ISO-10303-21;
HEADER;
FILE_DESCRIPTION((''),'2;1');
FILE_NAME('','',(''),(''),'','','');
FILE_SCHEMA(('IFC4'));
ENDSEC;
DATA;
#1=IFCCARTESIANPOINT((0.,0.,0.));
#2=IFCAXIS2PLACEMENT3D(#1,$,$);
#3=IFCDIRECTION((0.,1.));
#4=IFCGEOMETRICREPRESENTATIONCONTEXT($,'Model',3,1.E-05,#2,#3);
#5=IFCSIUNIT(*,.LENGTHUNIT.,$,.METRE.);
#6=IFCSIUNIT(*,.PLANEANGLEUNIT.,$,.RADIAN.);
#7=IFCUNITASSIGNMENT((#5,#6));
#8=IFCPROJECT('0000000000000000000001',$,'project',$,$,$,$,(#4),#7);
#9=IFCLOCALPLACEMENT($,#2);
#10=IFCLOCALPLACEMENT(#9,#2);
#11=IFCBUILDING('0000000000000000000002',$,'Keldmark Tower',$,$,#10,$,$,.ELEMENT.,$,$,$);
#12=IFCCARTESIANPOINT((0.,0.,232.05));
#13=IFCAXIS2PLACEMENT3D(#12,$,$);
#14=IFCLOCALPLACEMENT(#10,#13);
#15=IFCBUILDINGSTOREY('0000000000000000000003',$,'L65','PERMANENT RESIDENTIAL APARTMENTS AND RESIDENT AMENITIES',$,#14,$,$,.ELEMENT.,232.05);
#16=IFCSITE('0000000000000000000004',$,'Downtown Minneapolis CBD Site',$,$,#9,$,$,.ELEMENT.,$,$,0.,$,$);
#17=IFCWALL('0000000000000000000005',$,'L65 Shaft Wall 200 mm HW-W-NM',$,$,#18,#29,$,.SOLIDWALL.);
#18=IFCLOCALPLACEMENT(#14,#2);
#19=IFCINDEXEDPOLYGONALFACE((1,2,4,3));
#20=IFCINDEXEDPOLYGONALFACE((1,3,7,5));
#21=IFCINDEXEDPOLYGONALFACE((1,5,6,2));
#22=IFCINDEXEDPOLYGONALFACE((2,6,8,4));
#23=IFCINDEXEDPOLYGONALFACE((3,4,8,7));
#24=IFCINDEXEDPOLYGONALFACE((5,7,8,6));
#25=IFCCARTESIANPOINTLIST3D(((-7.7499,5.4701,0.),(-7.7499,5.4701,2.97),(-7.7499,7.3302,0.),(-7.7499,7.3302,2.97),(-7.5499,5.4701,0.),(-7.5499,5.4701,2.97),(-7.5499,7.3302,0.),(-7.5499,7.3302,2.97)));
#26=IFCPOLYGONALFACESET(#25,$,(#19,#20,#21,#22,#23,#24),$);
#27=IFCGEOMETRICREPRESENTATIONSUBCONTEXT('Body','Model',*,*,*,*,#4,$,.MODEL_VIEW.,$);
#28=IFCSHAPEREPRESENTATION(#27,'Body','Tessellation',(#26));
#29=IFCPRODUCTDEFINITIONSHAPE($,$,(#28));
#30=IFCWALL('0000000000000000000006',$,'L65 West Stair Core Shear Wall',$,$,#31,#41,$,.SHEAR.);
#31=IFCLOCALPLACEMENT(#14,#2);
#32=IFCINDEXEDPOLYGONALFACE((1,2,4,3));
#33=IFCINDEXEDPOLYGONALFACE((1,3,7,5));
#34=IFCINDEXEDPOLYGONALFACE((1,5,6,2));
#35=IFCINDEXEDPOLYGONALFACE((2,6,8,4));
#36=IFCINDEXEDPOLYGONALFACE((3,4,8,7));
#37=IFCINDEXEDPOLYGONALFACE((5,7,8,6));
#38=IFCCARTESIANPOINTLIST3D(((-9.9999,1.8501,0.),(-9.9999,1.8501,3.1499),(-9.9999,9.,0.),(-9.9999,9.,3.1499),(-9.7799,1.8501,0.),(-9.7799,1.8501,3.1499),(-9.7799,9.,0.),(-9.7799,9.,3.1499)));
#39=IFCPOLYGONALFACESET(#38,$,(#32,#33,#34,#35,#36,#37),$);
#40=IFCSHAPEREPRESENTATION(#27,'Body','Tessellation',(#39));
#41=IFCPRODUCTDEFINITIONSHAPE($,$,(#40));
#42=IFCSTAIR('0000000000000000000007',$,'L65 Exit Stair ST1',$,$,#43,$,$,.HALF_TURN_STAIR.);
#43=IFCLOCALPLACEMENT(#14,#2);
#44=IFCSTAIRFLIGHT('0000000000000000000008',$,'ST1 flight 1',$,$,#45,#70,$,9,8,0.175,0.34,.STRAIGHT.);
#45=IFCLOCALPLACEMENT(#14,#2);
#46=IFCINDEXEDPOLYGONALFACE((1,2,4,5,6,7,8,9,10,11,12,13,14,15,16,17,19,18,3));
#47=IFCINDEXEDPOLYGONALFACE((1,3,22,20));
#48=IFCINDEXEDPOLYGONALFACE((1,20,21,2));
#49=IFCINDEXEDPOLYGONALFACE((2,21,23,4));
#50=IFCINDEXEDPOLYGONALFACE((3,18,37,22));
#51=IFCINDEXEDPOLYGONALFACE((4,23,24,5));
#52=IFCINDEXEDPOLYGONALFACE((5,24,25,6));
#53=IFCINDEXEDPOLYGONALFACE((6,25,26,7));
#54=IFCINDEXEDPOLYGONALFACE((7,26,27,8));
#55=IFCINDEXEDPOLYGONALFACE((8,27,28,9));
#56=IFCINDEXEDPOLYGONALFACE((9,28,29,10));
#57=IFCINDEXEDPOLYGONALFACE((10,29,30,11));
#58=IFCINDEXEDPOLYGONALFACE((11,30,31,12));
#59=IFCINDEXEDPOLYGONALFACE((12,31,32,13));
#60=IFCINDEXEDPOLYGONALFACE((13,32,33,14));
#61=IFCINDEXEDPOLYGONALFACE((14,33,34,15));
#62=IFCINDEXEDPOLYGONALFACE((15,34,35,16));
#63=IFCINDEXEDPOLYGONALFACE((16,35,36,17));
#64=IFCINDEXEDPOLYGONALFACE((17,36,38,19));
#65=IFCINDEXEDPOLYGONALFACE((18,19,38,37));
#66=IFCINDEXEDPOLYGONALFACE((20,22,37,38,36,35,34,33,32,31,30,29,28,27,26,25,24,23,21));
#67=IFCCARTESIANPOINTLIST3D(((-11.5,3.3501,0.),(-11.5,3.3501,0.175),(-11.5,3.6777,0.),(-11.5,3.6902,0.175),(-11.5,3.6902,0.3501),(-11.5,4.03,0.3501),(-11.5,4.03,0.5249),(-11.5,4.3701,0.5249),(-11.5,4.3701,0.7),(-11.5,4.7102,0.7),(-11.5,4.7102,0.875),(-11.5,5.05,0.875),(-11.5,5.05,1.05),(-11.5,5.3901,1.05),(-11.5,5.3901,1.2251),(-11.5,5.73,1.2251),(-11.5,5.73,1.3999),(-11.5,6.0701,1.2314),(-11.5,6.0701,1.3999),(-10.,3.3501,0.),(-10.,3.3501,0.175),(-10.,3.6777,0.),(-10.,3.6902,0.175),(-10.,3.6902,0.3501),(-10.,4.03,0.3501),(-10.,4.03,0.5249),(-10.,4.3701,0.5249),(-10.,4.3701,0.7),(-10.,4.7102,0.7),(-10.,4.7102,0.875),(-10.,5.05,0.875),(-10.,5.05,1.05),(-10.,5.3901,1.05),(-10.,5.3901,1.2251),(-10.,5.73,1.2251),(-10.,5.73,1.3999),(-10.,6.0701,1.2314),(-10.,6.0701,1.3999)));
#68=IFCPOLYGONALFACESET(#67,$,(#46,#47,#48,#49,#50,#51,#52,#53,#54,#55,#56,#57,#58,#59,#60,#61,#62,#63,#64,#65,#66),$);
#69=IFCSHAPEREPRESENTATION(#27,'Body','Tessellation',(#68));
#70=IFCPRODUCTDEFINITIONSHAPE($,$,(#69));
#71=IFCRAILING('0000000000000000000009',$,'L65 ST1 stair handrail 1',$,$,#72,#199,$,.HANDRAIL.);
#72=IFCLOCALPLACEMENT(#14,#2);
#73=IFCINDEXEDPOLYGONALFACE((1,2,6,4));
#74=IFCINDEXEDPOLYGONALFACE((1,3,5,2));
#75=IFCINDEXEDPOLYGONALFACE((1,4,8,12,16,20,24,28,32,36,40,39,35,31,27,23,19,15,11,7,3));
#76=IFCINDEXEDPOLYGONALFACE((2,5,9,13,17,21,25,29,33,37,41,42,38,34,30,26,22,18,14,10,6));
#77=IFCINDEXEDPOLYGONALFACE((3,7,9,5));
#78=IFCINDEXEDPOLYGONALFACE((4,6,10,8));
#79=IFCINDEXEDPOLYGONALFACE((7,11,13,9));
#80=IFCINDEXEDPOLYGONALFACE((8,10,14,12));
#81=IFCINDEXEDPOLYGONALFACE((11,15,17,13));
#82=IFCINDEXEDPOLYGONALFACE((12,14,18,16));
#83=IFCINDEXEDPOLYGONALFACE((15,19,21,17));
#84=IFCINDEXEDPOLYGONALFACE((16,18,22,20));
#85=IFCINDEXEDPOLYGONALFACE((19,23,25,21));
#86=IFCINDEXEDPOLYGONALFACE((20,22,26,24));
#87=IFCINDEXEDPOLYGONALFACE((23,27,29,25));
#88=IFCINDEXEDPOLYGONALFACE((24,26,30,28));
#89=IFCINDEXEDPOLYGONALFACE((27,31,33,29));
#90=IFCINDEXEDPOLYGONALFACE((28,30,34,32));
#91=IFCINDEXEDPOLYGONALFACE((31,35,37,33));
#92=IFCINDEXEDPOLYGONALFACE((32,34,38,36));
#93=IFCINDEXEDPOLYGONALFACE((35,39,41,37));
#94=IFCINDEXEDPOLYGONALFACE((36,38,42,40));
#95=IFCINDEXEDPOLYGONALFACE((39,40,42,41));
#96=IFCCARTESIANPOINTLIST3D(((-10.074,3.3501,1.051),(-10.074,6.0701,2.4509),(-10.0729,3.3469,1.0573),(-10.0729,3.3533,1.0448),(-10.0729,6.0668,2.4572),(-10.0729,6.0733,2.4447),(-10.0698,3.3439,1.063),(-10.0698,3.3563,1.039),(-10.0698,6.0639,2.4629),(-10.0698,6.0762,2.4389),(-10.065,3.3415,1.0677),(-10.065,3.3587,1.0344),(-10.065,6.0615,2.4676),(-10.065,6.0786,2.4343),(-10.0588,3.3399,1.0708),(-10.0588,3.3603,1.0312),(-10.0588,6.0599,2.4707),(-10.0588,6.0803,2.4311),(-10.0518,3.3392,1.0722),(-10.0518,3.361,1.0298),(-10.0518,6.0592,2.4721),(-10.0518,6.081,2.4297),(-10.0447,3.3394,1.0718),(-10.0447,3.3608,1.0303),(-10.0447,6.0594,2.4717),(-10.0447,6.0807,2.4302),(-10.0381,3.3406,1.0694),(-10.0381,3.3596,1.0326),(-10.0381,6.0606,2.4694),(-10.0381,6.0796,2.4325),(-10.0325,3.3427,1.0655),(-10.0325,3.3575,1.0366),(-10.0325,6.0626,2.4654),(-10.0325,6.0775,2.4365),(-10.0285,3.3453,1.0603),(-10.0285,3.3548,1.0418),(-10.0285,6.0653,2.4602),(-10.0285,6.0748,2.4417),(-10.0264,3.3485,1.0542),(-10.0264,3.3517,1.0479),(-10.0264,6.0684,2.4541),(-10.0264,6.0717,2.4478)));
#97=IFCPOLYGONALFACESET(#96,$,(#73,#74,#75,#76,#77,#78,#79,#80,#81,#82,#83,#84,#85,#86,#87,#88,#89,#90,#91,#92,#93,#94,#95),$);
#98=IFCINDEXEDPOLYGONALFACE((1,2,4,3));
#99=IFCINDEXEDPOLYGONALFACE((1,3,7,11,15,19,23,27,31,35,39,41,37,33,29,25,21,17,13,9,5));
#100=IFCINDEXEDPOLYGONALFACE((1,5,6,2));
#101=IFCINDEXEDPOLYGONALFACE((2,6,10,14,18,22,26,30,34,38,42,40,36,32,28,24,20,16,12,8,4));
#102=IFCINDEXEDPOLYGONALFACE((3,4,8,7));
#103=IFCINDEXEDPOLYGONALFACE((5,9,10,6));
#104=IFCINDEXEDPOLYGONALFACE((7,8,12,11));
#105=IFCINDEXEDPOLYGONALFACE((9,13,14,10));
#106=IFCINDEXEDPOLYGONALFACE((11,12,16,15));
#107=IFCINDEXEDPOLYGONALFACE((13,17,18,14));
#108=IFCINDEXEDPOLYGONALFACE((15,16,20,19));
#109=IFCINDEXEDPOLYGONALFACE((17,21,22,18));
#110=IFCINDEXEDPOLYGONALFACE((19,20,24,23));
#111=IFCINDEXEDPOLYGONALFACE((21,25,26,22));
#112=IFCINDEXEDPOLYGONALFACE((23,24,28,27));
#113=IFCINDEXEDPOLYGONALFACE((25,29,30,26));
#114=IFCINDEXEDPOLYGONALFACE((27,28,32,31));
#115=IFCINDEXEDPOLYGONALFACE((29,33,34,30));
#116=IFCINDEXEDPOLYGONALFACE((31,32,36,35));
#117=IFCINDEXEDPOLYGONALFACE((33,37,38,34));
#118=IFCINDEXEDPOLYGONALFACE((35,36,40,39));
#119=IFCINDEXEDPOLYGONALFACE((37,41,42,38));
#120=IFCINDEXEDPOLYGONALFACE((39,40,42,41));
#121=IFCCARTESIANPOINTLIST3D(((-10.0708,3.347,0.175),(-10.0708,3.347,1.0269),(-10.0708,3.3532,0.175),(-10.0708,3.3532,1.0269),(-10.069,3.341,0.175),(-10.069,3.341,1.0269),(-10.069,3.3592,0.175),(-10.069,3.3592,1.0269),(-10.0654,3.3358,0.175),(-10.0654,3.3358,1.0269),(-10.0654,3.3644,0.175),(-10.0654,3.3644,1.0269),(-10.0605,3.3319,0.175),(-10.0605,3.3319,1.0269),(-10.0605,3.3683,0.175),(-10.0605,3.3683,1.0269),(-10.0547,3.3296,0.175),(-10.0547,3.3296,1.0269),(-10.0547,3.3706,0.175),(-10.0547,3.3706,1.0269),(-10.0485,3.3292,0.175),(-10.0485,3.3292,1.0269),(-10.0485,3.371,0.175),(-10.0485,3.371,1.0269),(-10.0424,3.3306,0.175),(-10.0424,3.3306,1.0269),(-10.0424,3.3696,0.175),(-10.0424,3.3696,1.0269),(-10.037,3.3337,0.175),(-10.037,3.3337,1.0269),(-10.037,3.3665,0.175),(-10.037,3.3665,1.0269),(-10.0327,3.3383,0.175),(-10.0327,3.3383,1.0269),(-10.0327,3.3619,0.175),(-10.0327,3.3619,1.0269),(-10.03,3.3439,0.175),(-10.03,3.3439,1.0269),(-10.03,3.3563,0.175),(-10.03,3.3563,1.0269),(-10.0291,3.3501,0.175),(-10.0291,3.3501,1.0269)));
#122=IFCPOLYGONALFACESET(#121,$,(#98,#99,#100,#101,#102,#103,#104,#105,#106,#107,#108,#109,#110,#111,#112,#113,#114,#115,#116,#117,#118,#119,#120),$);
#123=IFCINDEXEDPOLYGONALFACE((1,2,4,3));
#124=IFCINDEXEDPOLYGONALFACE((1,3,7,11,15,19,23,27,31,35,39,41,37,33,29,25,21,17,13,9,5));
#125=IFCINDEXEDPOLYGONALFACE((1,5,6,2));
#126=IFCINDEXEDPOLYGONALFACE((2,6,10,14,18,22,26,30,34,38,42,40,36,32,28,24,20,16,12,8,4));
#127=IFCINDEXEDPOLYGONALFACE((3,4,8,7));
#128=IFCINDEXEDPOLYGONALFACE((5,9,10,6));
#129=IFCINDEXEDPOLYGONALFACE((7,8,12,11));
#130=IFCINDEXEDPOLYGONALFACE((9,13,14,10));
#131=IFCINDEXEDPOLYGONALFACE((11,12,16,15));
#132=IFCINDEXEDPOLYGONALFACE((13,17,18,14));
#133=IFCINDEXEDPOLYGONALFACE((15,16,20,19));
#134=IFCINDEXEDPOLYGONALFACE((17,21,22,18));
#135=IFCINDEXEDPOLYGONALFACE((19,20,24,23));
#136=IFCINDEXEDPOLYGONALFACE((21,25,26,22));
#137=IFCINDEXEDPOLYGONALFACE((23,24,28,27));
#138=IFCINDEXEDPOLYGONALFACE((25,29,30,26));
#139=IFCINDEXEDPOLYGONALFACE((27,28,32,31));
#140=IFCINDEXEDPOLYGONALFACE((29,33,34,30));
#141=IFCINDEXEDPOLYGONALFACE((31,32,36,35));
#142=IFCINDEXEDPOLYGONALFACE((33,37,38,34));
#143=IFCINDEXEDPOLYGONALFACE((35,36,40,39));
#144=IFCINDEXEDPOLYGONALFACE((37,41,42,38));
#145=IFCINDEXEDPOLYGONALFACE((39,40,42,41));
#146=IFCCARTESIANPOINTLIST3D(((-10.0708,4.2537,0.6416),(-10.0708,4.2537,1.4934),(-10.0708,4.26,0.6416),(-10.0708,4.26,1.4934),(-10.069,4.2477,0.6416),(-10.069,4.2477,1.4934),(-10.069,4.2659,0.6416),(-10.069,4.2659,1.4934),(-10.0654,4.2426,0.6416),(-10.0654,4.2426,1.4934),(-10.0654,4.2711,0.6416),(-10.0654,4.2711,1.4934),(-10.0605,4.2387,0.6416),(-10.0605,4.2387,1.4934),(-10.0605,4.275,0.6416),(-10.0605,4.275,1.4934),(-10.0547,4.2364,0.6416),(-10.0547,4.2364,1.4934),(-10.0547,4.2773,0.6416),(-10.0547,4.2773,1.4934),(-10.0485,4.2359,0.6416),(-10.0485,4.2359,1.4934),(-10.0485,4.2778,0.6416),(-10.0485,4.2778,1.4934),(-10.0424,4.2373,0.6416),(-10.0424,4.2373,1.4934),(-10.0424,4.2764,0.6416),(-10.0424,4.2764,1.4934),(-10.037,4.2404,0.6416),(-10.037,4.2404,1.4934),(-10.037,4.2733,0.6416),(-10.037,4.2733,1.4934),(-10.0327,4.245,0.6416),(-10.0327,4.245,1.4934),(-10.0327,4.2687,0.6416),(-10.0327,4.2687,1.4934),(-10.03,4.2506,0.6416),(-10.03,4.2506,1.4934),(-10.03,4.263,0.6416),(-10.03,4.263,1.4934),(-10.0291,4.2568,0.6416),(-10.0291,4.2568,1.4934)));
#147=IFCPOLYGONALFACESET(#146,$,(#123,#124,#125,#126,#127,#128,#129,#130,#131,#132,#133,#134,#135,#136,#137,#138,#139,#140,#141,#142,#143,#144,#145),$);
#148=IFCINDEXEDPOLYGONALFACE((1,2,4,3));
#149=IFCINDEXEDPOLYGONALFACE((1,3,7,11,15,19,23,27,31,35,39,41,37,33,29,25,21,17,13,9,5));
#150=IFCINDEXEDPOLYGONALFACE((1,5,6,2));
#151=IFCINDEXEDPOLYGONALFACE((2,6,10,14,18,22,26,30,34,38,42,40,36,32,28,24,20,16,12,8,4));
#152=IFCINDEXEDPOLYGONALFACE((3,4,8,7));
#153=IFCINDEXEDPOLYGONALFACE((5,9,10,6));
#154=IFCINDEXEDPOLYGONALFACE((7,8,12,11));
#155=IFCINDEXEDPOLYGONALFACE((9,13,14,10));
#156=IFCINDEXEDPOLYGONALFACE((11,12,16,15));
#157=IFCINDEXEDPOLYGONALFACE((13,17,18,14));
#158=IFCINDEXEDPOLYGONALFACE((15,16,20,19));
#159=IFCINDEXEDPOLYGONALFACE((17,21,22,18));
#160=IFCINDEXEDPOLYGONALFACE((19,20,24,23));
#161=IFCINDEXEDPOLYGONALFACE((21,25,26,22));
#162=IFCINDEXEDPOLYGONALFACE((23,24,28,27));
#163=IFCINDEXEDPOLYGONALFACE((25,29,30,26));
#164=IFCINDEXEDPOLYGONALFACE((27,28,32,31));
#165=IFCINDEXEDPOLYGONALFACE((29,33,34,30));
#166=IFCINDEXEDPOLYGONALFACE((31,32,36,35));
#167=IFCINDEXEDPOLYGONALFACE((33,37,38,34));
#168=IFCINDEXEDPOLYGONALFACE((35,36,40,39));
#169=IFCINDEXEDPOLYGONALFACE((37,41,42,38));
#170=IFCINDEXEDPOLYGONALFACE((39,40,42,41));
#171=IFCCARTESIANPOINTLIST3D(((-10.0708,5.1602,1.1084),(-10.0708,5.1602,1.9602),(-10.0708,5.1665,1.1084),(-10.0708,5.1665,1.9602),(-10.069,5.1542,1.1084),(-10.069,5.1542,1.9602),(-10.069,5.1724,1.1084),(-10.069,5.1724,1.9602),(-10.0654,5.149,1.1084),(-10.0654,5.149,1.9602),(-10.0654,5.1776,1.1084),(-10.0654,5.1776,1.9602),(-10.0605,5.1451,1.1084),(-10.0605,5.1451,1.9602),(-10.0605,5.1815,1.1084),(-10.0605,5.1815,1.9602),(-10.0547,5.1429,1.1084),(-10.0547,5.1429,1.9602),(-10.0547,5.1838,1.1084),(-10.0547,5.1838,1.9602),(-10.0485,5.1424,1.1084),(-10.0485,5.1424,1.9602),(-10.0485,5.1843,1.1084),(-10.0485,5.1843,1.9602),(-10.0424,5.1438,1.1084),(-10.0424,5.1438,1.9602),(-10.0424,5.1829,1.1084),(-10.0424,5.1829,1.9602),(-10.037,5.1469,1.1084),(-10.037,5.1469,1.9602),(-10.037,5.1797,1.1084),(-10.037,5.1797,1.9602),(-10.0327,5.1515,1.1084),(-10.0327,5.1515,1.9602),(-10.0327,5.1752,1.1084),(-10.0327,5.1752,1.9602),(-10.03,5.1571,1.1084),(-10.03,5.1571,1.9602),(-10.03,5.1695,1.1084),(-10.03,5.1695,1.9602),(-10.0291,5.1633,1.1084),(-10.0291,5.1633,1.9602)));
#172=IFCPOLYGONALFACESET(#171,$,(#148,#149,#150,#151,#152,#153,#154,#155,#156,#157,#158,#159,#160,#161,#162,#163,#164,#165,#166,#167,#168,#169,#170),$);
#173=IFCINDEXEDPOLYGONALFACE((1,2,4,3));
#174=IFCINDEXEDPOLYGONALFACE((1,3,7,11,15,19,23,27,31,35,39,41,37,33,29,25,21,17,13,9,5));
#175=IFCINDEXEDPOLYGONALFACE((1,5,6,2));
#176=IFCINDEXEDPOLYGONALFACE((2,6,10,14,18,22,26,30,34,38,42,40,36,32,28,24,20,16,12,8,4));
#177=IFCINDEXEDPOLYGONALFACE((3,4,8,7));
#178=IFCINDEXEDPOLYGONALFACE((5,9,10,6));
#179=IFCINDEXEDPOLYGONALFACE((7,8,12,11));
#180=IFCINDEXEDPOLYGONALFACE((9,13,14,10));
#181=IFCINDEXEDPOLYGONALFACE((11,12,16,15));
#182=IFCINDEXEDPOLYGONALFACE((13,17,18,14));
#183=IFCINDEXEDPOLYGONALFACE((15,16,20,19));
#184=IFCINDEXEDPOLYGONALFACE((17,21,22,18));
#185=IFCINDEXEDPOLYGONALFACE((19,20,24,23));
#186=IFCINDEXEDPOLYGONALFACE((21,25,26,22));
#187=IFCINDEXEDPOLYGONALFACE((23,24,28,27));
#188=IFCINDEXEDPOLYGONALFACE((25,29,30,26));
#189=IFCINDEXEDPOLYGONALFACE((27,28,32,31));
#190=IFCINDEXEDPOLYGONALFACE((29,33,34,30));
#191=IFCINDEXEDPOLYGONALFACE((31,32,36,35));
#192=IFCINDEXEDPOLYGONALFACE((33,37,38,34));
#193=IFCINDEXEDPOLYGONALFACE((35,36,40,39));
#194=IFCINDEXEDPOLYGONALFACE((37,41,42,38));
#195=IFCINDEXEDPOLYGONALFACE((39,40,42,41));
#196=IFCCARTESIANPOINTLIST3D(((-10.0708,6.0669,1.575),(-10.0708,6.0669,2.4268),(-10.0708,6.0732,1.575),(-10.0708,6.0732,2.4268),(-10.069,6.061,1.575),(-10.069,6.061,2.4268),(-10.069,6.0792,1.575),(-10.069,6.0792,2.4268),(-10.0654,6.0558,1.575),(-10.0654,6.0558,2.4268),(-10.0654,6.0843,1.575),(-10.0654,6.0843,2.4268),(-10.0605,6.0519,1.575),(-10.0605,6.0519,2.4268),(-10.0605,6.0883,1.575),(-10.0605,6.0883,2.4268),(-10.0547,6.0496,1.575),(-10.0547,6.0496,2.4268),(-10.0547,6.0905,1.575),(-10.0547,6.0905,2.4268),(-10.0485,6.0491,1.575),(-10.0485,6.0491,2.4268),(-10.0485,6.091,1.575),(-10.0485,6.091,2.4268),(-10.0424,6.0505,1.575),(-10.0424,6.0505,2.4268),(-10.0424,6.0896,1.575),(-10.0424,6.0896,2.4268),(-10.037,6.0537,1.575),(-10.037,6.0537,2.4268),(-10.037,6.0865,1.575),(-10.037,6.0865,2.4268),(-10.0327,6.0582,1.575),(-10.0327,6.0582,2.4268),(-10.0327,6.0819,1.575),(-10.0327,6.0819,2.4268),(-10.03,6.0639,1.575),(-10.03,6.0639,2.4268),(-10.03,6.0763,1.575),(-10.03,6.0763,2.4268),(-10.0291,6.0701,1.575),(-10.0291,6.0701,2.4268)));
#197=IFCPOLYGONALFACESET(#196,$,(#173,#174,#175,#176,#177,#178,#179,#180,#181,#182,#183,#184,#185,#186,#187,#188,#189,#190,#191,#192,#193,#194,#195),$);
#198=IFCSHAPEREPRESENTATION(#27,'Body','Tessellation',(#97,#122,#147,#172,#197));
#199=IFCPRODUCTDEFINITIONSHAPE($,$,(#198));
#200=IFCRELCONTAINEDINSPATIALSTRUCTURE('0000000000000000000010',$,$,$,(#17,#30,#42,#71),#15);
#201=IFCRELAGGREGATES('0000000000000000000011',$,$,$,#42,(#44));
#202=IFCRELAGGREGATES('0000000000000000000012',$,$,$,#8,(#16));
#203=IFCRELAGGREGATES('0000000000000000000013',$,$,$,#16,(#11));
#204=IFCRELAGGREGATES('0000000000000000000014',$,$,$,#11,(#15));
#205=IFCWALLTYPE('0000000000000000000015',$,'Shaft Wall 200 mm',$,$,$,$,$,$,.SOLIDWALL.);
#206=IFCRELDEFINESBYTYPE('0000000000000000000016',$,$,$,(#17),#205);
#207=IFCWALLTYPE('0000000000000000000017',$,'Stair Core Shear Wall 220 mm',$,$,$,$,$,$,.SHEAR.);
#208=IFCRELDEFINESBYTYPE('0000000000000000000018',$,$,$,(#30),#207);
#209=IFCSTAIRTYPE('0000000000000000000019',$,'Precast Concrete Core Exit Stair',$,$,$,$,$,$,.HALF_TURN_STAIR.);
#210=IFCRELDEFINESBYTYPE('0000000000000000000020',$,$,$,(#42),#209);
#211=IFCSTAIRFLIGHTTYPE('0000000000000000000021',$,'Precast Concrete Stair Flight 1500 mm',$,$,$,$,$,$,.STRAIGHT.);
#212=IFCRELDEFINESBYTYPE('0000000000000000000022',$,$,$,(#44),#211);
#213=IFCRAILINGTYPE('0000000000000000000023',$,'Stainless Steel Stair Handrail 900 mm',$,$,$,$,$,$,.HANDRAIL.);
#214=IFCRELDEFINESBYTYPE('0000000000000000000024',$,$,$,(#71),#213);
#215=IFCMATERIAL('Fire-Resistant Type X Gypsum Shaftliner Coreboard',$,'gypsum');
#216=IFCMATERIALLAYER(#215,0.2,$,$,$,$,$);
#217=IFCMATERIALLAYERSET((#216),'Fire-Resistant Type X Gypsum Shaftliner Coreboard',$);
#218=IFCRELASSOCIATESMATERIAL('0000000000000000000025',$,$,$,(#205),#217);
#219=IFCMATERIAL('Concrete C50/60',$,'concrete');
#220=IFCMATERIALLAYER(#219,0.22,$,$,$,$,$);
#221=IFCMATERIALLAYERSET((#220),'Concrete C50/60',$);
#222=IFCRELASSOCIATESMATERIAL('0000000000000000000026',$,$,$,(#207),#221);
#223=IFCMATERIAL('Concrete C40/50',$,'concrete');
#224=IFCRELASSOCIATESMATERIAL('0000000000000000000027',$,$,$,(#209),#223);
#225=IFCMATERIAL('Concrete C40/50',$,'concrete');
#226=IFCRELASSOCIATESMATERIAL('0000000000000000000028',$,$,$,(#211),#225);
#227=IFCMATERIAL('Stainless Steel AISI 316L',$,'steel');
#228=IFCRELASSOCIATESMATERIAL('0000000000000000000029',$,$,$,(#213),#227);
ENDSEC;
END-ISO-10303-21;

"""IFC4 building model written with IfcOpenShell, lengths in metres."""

from ifc_helpers import new_model, si_unit, direction, frame, frame_2d, origin, origin_2d, place, context, subcontext, project, spatial, polyline, rectangle, circle, outline, extrude, material, layer, layer_set, type_object, element, aggregate, save


model = new_model("IFC4")

# Units and contexts
model_context = context("Model", 3, precision=1e-05, world=origin(), true_north=direction((0.0, 1.0)))
body_context = subcontext(model_context, "Body", "Model", "MODEL_VIEW")
ifc_project = project(units=[si_unit("LENGTHUNIT", "METRE"), si_unit("PLANEANGLEUNIT", "RADIAN")], contexts=[model_context])

# Site, building, storey
site_placement = place(None, origin())
site = spatial("IfcSite", under=ifc_project, at=site_placement, Name="Downtown Minneapolis CBD Site", CompositionType="ELEMENT", RefElevation=0.0)
building_placement = place(site_placement, origin())
building = spatial("IfcBuilding", under=site, at=building_placement, Name="Keldmark Tower", CompositionType="ELEMENT")
storey_placement = place(building_placement, frame((0.0, 0.0, 232.05)))
storey = spatial("IfcBuildingStorey", under=building, at=storey_placement, Name="L65", Description="PERMANENT RESIDENTIAL APARTMENTS AND RESIDENT AMENITIES", CompositionType="ELEMENT", Elevation=232.05)

# Shared definitions
ifc_material_1 = material(Name="Fire-Resistant Type X Gypsum Shaftliner Coreboard", Category="gypsum")
ifc_layer_1 = layer(ifc_material_1, 0.2)
ifc_layer_set_1 = layer_set([ifc_layer_1], Name="Fire-Resistant Type X Gypsum Shaftliner Coreboard")
wall_type_1 = type_object("IfcWallType", Name="Shaft Wall 200 mm", PredefinedType="SOLIDWALL", material=ifc_layer_set_1)

# Walls
wall_1_placement = place(storey_placement, frame((-7.6499, 5.47, 0.0), z_axis=(0.0, 0.0, 1.0), x_axis=(0.0, 1.0, 0.0)))
element("IfcWall", 1, at=wall_1_placement, inside=storey, type_object=wall_type_1, Name="L65 Shaft Wall 200 mm HW-W-NM", PredefinedType="SOLIDWALL", context=body_context, shape_type="SweptSolid", body=[
    extrude(rectangle(XDim=1.8601, YDim=0.2, at=frame_2d((0.9302, 0.0))), origin(), (0.0, 0.0, 1.0), 2.97),
])
ifc_material_2 = material(Name="Concrete C50/60", Category="concrete")
ifc_layer_2 = layer(ifc_material_2, 0.22)
ifc_layer_set_2 = layer_set([ifc_layer_2], Name="Concrete C50/60")
wall_type_2 = type_object("IfcWallType", Name="Stair Core Shear Wall 220 mm", PredefinedType="SHEAR", material=ifc_layer_set_2)
wall_2_placement = place(storey_placement, frame((-9.8899, 1.8501, 0.0), z_axis=(0.0, 0.0, 1.0), x_axis=(0.0, 1.0, 0.0)))
element("IfcWall", 2, at=wall_2_placement, inside=storey, type_object=wall_type_2, Name="L65 West Stair Core Shear Wall", PredefinedType="SHEAR", context=body_context, shape_type="SweptSolid", body=[
    extrude(rectangle(XDim=7.1499, YDim=0.22, at=frame_2d((3.575, 0.0))), origin(), (0.0, 0.0, 1.0), 3.1499),
])

# Stair, stair flight
ifc_material_3 = material(Name="Concrete C40/50", Category="concrete")
stair_type = type_object("IfcStairType", Name="Precast Concrete Core Exit Stair", PredefinedType="HALF_TURN_STAIR", material=ifc_material_3)
stair_placement = place(storey_placement, origin())
stair = element("IfcStair", 3, at=stair_placement, inside=storey, type_object=stair_type, Name="L65 Exit Stair ST1", PredefinedType="HALF_TURN_STAIR")
ifc_material_4 = material(Name="Concrete C40/50", Category="concrete")
stair_flight_type = type_object("IfcStairFlightType", Name="Precast Concrete Stair Flight 1500 mm", PredefinedType="STRAIGHT", material=ifc_material_4)
stair_flight_placement = place(storey_placement, frame((-10.75, 3.3501, 0.0), z_axis=(0.0, 0.0, 1.0), x_axis=(0.0, 1.0, 0.0)))
stair_flight = element("IfcStairFlight", 4, at=stair_flight_placement, type_object=stair_flight_type, Name="ST1 flight 1", NumberOfRisers=9, NumberOfTreads=8, PredefinedType="STRAIGHT", RiserHeight=0.175, TreadLength=0.34, context=body_context, shape_type="SweptSolid", body=[
    extrude(outline(polyline([(0.0, 0.0), (0.0, 0.175), (0.3401, 0.175), (0.3401, 0.3501), (0.6799, 0.3501), (0.6799, 0.5249), (1.02, 0.5249), (1.02, 0.7), (1.3601, 0.7), (1.3601, 0.875), (1.7, 0.875), (1.7, 1.05), (2.04, 1.05), (2.04, 1.2251), (2.3799, 1.2251), (2.3799, 1.3999), (2.72, 1.3999), (2.72, 1.575), (2.72, 1.2314), (0.3276, 0.0), (0.0, 0.0)])), frame((0.0, 0.75, 0.0), z_axis=(0.0, -1.0, 0.0), x_axis=(1.0, 0.0, 0.0)), (0.0, 0.0, 1.0), 1.5),
])
aggregate(stair, [stair_flight])

# Railing
ifc_material_5 = material(Name="Stainless Steel AISI 316L", Category="steel")
railing_type = type_object("IfcRailingType", Name="Stainless Steel Stair Handrail 900 mm", PredefinedType="HANDRAIL", material=ifc_material_5)
railing_placement = place(storey_placement, frame((-10.05, 3.3501, 0.175)))
element("IfcRailing", 5, at=railing_placement, inside=storey, type_object=railing_type, Name="L65 ST1 stair handrail 1", PredefinedType="HANDRAIL", context=body_context, shape_type="SweptSolid", body=[
    extrude(circle(Radius=0.0239, at=origin_2d()), frame((0.0, 0.0, 0.876), z_axis=(0.0, 0.889147, 0.457622), x_axis=(-1.0, 0.0, 0.0)), (0.0, 0.0, 1.0), 3.0591),
    extrude(circle(Radius=0.021, at=origin_2d()), origin(), (0.0, 0.0, 1.0), 0.8518),
    extrude(circle(Radius=0.021, at=origin_2d()), frame((0.0, 0.9067, 0.4666)), (0.0, 0.0, 1.0), 0.8518),
    extrude(circle(Radius=0.021, at=origin_2d()), frame((0.0, 1.8132, 0.9333)), (0.0, 0.0, 1.0), 0.8518),
    extrude(circle(Radius=0.021, at=origin_2d()), frame((0.0, 2.72, 1.3999)), (0.0, 0.0, 1.0), 0.8518),
])

save(model, "model.ifc")
